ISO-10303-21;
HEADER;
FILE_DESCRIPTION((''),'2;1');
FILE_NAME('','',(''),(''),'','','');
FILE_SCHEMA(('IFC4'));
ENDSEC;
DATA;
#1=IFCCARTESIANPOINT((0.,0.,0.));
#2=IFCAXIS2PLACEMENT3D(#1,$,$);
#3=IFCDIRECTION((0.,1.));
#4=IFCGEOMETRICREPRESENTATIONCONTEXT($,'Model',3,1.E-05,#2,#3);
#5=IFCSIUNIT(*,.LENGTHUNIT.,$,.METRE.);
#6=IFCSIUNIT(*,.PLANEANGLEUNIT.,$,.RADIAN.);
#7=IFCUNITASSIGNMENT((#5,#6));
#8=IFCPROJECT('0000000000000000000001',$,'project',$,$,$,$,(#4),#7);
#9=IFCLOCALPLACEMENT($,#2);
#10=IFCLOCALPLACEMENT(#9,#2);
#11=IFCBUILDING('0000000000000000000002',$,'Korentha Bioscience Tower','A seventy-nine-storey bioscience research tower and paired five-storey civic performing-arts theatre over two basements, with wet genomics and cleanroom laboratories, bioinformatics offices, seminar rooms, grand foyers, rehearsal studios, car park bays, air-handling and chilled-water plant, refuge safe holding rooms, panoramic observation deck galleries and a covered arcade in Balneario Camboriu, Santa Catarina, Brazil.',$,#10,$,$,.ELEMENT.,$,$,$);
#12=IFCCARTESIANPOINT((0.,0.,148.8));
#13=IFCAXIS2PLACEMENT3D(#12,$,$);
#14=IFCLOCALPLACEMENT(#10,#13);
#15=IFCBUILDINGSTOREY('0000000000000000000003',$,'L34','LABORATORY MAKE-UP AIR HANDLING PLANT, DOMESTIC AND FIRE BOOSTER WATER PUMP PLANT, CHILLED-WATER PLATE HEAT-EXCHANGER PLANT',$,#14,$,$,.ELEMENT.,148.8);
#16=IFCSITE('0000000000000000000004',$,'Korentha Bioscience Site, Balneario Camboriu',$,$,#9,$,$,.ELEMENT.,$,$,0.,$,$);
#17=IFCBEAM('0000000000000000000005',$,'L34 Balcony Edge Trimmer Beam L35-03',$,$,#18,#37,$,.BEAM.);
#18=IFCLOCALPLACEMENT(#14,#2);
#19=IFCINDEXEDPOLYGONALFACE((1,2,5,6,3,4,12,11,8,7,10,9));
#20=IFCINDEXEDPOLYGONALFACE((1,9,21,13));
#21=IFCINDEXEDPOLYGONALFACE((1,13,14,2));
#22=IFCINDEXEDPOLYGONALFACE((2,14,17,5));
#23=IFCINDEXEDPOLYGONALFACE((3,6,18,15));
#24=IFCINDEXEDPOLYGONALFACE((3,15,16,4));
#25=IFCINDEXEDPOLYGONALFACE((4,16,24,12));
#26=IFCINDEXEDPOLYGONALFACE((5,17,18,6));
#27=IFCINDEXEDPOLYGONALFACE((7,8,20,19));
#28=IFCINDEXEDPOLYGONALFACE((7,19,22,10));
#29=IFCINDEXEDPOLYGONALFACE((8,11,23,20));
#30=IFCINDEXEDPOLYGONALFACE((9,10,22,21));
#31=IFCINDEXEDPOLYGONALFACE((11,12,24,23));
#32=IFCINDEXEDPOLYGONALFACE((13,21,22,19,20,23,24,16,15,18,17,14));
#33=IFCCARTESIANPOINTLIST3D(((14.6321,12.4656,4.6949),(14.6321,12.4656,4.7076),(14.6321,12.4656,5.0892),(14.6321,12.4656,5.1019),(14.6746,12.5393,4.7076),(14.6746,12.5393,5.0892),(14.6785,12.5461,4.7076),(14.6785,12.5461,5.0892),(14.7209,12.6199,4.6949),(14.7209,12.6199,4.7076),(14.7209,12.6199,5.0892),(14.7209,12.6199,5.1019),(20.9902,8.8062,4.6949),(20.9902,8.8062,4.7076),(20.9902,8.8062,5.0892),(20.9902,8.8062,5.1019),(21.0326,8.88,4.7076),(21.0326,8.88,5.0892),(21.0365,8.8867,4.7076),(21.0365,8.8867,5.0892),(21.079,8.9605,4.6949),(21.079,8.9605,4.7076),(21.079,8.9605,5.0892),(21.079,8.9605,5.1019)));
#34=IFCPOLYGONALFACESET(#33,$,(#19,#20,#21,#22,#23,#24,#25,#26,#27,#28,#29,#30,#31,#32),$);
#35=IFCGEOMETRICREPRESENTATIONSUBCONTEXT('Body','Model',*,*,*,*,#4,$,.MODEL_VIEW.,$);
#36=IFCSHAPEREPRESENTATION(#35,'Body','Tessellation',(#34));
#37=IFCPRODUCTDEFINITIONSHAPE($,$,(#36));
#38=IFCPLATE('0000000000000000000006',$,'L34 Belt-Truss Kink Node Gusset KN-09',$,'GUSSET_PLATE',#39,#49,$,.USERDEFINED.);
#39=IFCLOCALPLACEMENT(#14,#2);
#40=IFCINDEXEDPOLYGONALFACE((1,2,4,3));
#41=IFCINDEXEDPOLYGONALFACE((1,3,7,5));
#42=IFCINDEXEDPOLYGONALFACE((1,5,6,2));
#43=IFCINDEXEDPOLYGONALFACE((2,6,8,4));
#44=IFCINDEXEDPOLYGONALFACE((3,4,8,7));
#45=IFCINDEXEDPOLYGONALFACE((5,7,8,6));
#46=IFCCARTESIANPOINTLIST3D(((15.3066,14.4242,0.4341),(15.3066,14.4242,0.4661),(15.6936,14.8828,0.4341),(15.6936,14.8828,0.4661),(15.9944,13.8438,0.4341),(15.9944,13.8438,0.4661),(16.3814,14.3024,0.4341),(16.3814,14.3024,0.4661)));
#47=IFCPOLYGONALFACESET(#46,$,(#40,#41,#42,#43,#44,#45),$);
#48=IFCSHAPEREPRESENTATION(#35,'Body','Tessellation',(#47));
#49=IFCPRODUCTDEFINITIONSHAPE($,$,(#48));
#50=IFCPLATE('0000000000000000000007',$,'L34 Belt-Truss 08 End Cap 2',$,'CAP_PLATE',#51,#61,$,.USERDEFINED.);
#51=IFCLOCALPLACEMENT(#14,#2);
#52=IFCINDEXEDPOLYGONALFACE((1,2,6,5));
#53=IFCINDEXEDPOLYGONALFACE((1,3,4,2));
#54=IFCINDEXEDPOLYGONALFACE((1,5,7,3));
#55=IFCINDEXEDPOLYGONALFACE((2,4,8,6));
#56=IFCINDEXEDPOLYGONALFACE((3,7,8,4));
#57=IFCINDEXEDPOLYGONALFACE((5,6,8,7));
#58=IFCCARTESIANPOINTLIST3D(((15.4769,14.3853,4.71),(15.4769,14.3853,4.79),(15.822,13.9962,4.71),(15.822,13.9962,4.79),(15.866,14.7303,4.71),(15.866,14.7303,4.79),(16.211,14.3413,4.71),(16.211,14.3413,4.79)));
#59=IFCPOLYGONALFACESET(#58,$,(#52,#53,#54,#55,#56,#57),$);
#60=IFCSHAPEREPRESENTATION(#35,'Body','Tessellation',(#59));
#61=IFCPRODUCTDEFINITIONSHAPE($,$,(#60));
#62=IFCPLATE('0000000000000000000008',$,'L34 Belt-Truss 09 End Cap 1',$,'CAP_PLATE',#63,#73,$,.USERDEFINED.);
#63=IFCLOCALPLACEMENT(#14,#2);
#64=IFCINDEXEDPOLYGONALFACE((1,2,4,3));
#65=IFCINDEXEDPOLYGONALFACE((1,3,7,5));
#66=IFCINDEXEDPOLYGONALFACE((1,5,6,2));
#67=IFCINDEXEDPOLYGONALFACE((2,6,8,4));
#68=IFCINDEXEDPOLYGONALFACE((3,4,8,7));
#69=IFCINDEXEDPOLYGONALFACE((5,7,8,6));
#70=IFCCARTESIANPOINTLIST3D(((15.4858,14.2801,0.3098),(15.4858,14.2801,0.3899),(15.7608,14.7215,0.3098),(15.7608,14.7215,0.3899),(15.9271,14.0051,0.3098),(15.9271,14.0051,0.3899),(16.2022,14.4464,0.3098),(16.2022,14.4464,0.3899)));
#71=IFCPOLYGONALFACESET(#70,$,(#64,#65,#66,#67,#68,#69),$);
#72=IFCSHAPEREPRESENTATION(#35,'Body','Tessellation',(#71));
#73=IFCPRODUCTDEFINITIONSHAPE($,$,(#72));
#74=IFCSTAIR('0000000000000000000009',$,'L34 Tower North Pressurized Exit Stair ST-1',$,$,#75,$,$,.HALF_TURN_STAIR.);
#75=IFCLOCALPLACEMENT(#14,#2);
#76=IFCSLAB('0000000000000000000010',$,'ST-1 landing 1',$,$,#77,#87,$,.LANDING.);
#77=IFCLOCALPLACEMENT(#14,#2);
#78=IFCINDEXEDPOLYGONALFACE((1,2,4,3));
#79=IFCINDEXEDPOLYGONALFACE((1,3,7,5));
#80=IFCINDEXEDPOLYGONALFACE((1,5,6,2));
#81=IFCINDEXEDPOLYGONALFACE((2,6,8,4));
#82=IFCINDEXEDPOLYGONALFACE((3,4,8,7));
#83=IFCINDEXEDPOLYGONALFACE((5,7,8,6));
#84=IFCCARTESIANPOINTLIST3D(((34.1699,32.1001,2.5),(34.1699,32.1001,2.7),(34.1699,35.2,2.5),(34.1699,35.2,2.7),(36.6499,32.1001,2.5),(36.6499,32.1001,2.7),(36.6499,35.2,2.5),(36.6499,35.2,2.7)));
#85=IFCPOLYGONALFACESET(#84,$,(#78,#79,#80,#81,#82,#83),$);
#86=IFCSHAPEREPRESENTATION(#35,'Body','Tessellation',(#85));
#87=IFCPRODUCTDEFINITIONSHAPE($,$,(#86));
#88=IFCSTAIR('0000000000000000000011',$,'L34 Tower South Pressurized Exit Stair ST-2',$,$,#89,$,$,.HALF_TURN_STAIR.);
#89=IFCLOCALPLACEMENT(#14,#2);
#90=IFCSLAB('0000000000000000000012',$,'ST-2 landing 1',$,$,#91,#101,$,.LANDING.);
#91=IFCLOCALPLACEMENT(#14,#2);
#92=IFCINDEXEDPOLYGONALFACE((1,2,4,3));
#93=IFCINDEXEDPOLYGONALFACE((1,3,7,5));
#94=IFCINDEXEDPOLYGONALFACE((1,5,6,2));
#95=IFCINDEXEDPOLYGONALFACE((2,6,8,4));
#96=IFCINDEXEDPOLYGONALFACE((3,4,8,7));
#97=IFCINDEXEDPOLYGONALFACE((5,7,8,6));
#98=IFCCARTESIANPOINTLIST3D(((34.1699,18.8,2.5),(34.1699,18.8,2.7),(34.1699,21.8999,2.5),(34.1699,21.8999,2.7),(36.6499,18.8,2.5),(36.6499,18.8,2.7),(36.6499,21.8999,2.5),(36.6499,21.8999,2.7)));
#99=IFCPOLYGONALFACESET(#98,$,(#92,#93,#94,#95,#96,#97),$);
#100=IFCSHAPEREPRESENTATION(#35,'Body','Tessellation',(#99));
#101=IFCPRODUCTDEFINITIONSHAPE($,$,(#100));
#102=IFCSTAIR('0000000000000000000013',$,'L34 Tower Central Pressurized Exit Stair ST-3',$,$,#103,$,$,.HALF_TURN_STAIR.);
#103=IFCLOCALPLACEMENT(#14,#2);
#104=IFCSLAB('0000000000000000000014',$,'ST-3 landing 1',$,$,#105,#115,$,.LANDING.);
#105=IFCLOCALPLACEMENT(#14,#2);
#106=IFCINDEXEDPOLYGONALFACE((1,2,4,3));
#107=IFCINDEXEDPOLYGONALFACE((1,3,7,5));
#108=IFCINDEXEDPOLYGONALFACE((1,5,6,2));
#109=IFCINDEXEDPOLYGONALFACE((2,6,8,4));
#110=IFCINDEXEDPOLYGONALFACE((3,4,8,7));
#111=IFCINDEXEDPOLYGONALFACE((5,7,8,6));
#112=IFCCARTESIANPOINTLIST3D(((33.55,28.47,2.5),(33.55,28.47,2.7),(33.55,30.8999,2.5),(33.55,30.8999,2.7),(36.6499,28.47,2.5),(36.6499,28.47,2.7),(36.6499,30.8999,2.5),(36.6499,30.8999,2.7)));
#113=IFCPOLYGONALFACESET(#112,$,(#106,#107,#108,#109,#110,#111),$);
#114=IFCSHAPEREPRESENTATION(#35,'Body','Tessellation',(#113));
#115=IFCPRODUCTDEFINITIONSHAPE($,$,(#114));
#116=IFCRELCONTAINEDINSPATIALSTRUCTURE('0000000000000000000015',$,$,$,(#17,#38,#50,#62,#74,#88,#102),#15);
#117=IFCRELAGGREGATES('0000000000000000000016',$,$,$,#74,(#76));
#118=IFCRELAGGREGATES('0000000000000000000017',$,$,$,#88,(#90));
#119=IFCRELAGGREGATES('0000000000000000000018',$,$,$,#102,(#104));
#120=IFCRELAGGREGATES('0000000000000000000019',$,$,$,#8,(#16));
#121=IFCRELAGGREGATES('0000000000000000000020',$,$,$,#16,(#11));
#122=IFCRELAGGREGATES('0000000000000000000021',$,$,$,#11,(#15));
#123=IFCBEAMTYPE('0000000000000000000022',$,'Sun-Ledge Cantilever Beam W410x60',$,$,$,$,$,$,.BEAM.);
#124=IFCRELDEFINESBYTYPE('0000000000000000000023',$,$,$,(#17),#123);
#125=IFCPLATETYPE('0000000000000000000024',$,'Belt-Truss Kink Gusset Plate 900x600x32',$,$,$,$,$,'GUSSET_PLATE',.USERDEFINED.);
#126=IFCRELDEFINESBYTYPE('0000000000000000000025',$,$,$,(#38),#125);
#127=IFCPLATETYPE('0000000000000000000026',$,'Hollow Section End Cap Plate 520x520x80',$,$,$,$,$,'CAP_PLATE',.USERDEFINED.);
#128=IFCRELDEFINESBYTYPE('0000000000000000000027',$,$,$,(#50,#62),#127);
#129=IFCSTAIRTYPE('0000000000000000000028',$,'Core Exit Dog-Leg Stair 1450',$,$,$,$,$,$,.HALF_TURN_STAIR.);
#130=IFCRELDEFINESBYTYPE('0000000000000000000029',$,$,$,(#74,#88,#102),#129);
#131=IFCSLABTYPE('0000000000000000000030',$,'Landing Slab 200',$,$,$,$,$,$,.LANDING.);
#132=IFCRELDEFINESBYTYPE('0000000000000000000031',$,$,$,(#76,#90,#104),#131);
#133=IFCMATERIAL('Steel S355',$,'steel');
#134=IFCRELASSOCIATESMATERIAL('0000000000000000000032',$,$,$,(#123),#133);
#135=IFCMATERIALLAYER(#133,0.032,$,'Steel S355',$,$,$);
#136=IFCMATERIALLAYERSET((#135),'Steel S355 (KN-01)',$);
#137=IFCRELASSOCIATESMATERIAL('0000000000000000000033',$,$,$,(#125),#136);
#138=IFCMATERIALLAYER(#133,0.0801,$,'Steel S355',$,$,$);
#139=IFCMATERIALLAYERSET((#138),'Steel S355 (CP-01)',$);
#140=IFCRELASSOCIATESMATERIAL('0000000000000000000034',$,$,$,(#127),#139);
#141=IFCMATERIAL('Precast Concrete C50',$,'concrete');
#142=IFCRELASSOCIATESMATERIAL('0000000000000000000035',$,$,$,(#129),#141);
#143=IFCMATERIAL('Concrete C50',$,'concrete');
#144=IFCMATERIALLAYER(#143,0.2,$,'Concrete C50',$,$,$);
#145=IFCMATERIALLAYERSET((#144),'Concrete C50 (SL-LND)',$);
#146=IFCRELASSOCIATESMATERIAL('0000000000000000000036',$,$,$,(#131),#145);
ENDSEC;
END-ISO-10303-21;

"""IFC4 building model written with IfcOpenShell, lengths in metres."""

from ifc_helpers import new_model, si_unit, direction, frame, origin, origin_2d, place, context, subcontext, project, spatial, polyline, rectangle, i_section, outline, extrude, material, layer, layer_set, material_profile, profile_set, type_object, element, aggregate, save


model = new_model("IFC4")

# Units and contexts
model_context = context("Model", 3, precision=1e-05, world=origin(), true_north=direction((0.0, 1.0)))
body_context = subcontext(model_context, "Body", "Model", "MODEL_VIEW")
ifc_project = project(units=[si_unit("LENGTHUNIT", "METRE"), si_unit("PLANEANGLEUNIT", "RADIAN")], contexts=[model_context])

# Site, building, storey
site_placement = place(None, origin())
site = spatial("IfcSite", under=ifc_project, at=site_placement, Name="Korentha Bioscience Site, Balneario Camboriu", CompositionType="ELEMENT", RefElevation=0.0)
building_placement = place(site_placement, origin())
building = spatial("IfcBuilding", under=site, at=building_placement, Name="Korentha Bioscience Tower", Description="A seventy-nine-storey bioscience research tower and paired five-storey civic performing-arts theatre over two basements, with wet genomics and cleanroom laboratories, bioinformatics offices, seminar rooms, grand foyers, rehearsal studios, car park bays, air-handling and chilled-water plant, refuge safe holding rooms, panoramic observation deck galleries and a covered arcade in Balneario Camboriu, Santa Catarina, Brazil.", CompositionType="ELEMENT")
storey_placement = place(building_placement, frame((0.0, 0.0, 148.8)))
storey = spatial("IfcBuildingStorey", under=building, at=storey_placement, Name="L34", Description="LABORATORY MAKE-UP AIR HANDLING PLANT, DOMESTIC AND FIRE BOOSTER WATER PUMP PLANT, CHILLED-WATER PLATE HEAT-EXCHANGER PLANT", CompositionType="ELEMENT", Elevation=148.8)

# Shared definitions
ifc_material_1 = material(Name="Steel S355", Category="steel")

# Beam
ifc_material_profile_1 = material_profile(ifc_material_1, i_section(OverallWidth=0.178, OverallDepth=0.407, WebThickness=0.0078, FlangeThickness=0.0127, at=origin_2d()), Name="Steel S355")
ifc_profile_set_1 = profile_set([ifc_material_profile_1], Name="Steel S355 (CB-410)")
beam_type_1 = type_object("IfcBeamType", Name="Sun-Ledge Cantilever Beam W410x60", PredefinedType="BEAM", material=ifc_profile_set_1)
beam_1_placement = place(storey_placement, frame((14.6765, 12.5427, 4.8984), z_axis=(0.866701, -0.498828, 0.0), x_axis=(0.498828, 0.866701, 0.0)))
element("IfcBeam", 1, at=beam_1_placement, inside=storey, type_object=beam_type_1, Name="L34 Balcony Edge Trimmer Beam L35-03", PredefinedType="BEAM", context=body_context, shape_type="SweptSolid", body=[
    extrude(i_section(OverallWidth=0.178, OverallDepth=0.407, WebThickness=0.0078, FlangeThickness=0.0127, at=origin_2d()), origin(), (0.0, 0.0, 1.0), 7.3359),
])

# Plates
ifc_layer_1 = layer(ifc_material_1, 0.032, Name="Steel S355")
ifc_layer_set_1 = layer_set([ifc_layer_1], Name="Steel S355 (KN-01)")
plate_type_1 = type_object("IfcPlateType", Name="Belt-Truss Kink Gusset Plate 900x600x32", ElementType="GUSSET_PLATE", PredefinedType="USERDEFINED", material=ifc_layer_set_1)
plate_placement = place(storey_placement, frame((15.844, 14.3633, 0.4341), z_axis=(0.0, 0.0, 1.0), x_axis=(-0.764246, 0.644924, 0.0)))
element("IfcPlate", 2, at=plate_placement, inside=storey, type_object=plate_type_1, Name="L34 Belt-Truss Kink Node Gusset KN-09", ObjectType="GUSSET_PLATE", PredefinedType="USERDEFINED", context=body_context, shape_type="SweptSolid", body=[
    extrude(rectangle(XDim=0.8999, YDim=0.6001, at=origin_2d()), origin(), (0.0, 0.0, 1.0), 0.032),
])
ifc_layer_2 = layer(ifc_material_1, 0.0801, Name="Steel S355")
ifc_layer_set_2 = layer_set([ifc_layer_2], Name="Steel S355 (CP-01)")
plate_type_2 = type_object("IfcPlateType", Name="Hollow Section End Cap Plate 520x520x80", ElementType="CAP_PLATE", PredefinedType="USERDEFINED", material=ifc_layer_set_2)
for number, where, z_axis, x_axis, name in (
    (3, (15.844, 14.3633, 4.71), (0.0, 0.0, 1.0), (-0.663535, 0.748146, 0.0), "L34 Belt-Truss 08 End Cap 2"),
    (4, (15.844, 14.3633, 0.3098), (0.0, 0.0, 1.0), (-0.848695, 0.528883, 0.0), "L34 Belt-Truss 09 End Cap 1"),
):
    element("IfcPlate", number, at=place(storey_placement, frame(where, z_axis=z_axis, x_axis=x_axis)), inside=storey, type_object=plate_type_2, Name=name, ObjectType="CAP_PLATE", PredefinedType="USERDEFINED", context=body_context, shape_type="SweptSolid", body=[
        extrude(rectangle(XDim=0.52, YDim=0.52, at=origin_2d()), origin(), (0.0, 0.0, 1.0), 0.0801),
    ])

# Stairs, slabs
ifc_material_2 = material(Name="Precast Concrete C50", Category="concrete")
stair_type = type_object("IfcStairType", Name="Core Exit Dog-Leg Stair 1450", PredefinedType="HALF_TURN_STAIR", material=ifc_material_2)
stair_1_placement = place(storey_placement, origin())
stair_1 = element("IfcStair", 5, at=stair_1_placement, inside=storey, type_object=stair_type, Name="L34 Tower North Pressurized Exit Stair ST-1", PredefinedType="HALF_TURN_STAIR")
ifc_material_3 = material(Name="Concrete C50", Category="concrete")
ifc_layer_3 = layer(ifc_material_3, 0.2, Name="Concrete C50")
ifc_layer_set_3 = layer_set([ifc_layer_3], Name="Concrete C50 (SL-LND)")
slab_type_1 = type_object("IfcSlabType", Name="Landing Slab 200", PredefinedType="LANDING", material=ifc_layer_set_3)
slab_1_placement = place(storey_placement, frame((0.0, 0.0, 2.5)))
slab_1 = element("IfcSlab", 6, at=slab_1_placement, type_object=slab_type_1, Name="ST-1 landing 1", PredefinedType="LANDING", context=body_context, shape_type="SweptSolid", body=[
    extrude(outline(polyline([(34.1699, 32.1001), (36.6499, 32.1001), (36.6499, 35.2), (34.1699, 35.2), (34.1699, 32.1001)])), origin(), (0.0, 0.0, 1.0), 0.2),
])
aggregate(stair_1, [slab_1])
stair_2_placement = place(storey_placement, origin())
stair_2 = element("IfcStair", 7, at=stair_2_placement, inside=storey, type_object=stair_type, Name="L34 Tower South Pressurized Exit Stair ST-2", PredefinedType="HALF_TURN_STAIR")
slab_2_placement = place(storey_placement, frame((0.0, 0.0, 2.5)))
slab_2 = element("IfcSlab", 8, at=slab_2_placement, type_object=slab_type_1, Name="ST-2 landing 1", PredefinedType="LANDING", context=body_context, shape_type="SweptSolid", body=[
    extrude(outline(polyline([(34.1699, 18.8), (36.6499, 18.8), (36.6499, 21.8999), (34.1699, 21.8999), (34.1699, 18.8)])), origin(), (0.0, 0.0, 1.0), 0.2),
])
aggregate(stair_2, [slab_2])
stair_3_placement = place(storey_placement, origin())
stair_3 = element("IfcStair", 9, at=stair_3_placement, inside=storey, type_object=stair_type, Name="L34 Tower Central Pressurized Exit Stair ST-3", PredefinedType="HALF_TURN_STAIR")
slab_3_placement = place(storey_placement, frame((0.0, 0.0, 2.5)))
slab_3 = element("IfcSlab", 10, at=slab_3_placement, type_object=slab_type_1, Name="ST-3 landing 1", PredefinedType="LANDING", context=body_context, shape_type="SweptSolid", body=[
    extrude(outline(polyline([(36.6499, 28.47), (36.6499, 30.8999), (33.55, 30.8999), (33.55, 28.47), (36.6499, 28.47)])), origin(), (0.0, 0.0, 1.0), 0.2),
])
aggregate(stair_3, [slab_3])

save(model, "model.ifc")
